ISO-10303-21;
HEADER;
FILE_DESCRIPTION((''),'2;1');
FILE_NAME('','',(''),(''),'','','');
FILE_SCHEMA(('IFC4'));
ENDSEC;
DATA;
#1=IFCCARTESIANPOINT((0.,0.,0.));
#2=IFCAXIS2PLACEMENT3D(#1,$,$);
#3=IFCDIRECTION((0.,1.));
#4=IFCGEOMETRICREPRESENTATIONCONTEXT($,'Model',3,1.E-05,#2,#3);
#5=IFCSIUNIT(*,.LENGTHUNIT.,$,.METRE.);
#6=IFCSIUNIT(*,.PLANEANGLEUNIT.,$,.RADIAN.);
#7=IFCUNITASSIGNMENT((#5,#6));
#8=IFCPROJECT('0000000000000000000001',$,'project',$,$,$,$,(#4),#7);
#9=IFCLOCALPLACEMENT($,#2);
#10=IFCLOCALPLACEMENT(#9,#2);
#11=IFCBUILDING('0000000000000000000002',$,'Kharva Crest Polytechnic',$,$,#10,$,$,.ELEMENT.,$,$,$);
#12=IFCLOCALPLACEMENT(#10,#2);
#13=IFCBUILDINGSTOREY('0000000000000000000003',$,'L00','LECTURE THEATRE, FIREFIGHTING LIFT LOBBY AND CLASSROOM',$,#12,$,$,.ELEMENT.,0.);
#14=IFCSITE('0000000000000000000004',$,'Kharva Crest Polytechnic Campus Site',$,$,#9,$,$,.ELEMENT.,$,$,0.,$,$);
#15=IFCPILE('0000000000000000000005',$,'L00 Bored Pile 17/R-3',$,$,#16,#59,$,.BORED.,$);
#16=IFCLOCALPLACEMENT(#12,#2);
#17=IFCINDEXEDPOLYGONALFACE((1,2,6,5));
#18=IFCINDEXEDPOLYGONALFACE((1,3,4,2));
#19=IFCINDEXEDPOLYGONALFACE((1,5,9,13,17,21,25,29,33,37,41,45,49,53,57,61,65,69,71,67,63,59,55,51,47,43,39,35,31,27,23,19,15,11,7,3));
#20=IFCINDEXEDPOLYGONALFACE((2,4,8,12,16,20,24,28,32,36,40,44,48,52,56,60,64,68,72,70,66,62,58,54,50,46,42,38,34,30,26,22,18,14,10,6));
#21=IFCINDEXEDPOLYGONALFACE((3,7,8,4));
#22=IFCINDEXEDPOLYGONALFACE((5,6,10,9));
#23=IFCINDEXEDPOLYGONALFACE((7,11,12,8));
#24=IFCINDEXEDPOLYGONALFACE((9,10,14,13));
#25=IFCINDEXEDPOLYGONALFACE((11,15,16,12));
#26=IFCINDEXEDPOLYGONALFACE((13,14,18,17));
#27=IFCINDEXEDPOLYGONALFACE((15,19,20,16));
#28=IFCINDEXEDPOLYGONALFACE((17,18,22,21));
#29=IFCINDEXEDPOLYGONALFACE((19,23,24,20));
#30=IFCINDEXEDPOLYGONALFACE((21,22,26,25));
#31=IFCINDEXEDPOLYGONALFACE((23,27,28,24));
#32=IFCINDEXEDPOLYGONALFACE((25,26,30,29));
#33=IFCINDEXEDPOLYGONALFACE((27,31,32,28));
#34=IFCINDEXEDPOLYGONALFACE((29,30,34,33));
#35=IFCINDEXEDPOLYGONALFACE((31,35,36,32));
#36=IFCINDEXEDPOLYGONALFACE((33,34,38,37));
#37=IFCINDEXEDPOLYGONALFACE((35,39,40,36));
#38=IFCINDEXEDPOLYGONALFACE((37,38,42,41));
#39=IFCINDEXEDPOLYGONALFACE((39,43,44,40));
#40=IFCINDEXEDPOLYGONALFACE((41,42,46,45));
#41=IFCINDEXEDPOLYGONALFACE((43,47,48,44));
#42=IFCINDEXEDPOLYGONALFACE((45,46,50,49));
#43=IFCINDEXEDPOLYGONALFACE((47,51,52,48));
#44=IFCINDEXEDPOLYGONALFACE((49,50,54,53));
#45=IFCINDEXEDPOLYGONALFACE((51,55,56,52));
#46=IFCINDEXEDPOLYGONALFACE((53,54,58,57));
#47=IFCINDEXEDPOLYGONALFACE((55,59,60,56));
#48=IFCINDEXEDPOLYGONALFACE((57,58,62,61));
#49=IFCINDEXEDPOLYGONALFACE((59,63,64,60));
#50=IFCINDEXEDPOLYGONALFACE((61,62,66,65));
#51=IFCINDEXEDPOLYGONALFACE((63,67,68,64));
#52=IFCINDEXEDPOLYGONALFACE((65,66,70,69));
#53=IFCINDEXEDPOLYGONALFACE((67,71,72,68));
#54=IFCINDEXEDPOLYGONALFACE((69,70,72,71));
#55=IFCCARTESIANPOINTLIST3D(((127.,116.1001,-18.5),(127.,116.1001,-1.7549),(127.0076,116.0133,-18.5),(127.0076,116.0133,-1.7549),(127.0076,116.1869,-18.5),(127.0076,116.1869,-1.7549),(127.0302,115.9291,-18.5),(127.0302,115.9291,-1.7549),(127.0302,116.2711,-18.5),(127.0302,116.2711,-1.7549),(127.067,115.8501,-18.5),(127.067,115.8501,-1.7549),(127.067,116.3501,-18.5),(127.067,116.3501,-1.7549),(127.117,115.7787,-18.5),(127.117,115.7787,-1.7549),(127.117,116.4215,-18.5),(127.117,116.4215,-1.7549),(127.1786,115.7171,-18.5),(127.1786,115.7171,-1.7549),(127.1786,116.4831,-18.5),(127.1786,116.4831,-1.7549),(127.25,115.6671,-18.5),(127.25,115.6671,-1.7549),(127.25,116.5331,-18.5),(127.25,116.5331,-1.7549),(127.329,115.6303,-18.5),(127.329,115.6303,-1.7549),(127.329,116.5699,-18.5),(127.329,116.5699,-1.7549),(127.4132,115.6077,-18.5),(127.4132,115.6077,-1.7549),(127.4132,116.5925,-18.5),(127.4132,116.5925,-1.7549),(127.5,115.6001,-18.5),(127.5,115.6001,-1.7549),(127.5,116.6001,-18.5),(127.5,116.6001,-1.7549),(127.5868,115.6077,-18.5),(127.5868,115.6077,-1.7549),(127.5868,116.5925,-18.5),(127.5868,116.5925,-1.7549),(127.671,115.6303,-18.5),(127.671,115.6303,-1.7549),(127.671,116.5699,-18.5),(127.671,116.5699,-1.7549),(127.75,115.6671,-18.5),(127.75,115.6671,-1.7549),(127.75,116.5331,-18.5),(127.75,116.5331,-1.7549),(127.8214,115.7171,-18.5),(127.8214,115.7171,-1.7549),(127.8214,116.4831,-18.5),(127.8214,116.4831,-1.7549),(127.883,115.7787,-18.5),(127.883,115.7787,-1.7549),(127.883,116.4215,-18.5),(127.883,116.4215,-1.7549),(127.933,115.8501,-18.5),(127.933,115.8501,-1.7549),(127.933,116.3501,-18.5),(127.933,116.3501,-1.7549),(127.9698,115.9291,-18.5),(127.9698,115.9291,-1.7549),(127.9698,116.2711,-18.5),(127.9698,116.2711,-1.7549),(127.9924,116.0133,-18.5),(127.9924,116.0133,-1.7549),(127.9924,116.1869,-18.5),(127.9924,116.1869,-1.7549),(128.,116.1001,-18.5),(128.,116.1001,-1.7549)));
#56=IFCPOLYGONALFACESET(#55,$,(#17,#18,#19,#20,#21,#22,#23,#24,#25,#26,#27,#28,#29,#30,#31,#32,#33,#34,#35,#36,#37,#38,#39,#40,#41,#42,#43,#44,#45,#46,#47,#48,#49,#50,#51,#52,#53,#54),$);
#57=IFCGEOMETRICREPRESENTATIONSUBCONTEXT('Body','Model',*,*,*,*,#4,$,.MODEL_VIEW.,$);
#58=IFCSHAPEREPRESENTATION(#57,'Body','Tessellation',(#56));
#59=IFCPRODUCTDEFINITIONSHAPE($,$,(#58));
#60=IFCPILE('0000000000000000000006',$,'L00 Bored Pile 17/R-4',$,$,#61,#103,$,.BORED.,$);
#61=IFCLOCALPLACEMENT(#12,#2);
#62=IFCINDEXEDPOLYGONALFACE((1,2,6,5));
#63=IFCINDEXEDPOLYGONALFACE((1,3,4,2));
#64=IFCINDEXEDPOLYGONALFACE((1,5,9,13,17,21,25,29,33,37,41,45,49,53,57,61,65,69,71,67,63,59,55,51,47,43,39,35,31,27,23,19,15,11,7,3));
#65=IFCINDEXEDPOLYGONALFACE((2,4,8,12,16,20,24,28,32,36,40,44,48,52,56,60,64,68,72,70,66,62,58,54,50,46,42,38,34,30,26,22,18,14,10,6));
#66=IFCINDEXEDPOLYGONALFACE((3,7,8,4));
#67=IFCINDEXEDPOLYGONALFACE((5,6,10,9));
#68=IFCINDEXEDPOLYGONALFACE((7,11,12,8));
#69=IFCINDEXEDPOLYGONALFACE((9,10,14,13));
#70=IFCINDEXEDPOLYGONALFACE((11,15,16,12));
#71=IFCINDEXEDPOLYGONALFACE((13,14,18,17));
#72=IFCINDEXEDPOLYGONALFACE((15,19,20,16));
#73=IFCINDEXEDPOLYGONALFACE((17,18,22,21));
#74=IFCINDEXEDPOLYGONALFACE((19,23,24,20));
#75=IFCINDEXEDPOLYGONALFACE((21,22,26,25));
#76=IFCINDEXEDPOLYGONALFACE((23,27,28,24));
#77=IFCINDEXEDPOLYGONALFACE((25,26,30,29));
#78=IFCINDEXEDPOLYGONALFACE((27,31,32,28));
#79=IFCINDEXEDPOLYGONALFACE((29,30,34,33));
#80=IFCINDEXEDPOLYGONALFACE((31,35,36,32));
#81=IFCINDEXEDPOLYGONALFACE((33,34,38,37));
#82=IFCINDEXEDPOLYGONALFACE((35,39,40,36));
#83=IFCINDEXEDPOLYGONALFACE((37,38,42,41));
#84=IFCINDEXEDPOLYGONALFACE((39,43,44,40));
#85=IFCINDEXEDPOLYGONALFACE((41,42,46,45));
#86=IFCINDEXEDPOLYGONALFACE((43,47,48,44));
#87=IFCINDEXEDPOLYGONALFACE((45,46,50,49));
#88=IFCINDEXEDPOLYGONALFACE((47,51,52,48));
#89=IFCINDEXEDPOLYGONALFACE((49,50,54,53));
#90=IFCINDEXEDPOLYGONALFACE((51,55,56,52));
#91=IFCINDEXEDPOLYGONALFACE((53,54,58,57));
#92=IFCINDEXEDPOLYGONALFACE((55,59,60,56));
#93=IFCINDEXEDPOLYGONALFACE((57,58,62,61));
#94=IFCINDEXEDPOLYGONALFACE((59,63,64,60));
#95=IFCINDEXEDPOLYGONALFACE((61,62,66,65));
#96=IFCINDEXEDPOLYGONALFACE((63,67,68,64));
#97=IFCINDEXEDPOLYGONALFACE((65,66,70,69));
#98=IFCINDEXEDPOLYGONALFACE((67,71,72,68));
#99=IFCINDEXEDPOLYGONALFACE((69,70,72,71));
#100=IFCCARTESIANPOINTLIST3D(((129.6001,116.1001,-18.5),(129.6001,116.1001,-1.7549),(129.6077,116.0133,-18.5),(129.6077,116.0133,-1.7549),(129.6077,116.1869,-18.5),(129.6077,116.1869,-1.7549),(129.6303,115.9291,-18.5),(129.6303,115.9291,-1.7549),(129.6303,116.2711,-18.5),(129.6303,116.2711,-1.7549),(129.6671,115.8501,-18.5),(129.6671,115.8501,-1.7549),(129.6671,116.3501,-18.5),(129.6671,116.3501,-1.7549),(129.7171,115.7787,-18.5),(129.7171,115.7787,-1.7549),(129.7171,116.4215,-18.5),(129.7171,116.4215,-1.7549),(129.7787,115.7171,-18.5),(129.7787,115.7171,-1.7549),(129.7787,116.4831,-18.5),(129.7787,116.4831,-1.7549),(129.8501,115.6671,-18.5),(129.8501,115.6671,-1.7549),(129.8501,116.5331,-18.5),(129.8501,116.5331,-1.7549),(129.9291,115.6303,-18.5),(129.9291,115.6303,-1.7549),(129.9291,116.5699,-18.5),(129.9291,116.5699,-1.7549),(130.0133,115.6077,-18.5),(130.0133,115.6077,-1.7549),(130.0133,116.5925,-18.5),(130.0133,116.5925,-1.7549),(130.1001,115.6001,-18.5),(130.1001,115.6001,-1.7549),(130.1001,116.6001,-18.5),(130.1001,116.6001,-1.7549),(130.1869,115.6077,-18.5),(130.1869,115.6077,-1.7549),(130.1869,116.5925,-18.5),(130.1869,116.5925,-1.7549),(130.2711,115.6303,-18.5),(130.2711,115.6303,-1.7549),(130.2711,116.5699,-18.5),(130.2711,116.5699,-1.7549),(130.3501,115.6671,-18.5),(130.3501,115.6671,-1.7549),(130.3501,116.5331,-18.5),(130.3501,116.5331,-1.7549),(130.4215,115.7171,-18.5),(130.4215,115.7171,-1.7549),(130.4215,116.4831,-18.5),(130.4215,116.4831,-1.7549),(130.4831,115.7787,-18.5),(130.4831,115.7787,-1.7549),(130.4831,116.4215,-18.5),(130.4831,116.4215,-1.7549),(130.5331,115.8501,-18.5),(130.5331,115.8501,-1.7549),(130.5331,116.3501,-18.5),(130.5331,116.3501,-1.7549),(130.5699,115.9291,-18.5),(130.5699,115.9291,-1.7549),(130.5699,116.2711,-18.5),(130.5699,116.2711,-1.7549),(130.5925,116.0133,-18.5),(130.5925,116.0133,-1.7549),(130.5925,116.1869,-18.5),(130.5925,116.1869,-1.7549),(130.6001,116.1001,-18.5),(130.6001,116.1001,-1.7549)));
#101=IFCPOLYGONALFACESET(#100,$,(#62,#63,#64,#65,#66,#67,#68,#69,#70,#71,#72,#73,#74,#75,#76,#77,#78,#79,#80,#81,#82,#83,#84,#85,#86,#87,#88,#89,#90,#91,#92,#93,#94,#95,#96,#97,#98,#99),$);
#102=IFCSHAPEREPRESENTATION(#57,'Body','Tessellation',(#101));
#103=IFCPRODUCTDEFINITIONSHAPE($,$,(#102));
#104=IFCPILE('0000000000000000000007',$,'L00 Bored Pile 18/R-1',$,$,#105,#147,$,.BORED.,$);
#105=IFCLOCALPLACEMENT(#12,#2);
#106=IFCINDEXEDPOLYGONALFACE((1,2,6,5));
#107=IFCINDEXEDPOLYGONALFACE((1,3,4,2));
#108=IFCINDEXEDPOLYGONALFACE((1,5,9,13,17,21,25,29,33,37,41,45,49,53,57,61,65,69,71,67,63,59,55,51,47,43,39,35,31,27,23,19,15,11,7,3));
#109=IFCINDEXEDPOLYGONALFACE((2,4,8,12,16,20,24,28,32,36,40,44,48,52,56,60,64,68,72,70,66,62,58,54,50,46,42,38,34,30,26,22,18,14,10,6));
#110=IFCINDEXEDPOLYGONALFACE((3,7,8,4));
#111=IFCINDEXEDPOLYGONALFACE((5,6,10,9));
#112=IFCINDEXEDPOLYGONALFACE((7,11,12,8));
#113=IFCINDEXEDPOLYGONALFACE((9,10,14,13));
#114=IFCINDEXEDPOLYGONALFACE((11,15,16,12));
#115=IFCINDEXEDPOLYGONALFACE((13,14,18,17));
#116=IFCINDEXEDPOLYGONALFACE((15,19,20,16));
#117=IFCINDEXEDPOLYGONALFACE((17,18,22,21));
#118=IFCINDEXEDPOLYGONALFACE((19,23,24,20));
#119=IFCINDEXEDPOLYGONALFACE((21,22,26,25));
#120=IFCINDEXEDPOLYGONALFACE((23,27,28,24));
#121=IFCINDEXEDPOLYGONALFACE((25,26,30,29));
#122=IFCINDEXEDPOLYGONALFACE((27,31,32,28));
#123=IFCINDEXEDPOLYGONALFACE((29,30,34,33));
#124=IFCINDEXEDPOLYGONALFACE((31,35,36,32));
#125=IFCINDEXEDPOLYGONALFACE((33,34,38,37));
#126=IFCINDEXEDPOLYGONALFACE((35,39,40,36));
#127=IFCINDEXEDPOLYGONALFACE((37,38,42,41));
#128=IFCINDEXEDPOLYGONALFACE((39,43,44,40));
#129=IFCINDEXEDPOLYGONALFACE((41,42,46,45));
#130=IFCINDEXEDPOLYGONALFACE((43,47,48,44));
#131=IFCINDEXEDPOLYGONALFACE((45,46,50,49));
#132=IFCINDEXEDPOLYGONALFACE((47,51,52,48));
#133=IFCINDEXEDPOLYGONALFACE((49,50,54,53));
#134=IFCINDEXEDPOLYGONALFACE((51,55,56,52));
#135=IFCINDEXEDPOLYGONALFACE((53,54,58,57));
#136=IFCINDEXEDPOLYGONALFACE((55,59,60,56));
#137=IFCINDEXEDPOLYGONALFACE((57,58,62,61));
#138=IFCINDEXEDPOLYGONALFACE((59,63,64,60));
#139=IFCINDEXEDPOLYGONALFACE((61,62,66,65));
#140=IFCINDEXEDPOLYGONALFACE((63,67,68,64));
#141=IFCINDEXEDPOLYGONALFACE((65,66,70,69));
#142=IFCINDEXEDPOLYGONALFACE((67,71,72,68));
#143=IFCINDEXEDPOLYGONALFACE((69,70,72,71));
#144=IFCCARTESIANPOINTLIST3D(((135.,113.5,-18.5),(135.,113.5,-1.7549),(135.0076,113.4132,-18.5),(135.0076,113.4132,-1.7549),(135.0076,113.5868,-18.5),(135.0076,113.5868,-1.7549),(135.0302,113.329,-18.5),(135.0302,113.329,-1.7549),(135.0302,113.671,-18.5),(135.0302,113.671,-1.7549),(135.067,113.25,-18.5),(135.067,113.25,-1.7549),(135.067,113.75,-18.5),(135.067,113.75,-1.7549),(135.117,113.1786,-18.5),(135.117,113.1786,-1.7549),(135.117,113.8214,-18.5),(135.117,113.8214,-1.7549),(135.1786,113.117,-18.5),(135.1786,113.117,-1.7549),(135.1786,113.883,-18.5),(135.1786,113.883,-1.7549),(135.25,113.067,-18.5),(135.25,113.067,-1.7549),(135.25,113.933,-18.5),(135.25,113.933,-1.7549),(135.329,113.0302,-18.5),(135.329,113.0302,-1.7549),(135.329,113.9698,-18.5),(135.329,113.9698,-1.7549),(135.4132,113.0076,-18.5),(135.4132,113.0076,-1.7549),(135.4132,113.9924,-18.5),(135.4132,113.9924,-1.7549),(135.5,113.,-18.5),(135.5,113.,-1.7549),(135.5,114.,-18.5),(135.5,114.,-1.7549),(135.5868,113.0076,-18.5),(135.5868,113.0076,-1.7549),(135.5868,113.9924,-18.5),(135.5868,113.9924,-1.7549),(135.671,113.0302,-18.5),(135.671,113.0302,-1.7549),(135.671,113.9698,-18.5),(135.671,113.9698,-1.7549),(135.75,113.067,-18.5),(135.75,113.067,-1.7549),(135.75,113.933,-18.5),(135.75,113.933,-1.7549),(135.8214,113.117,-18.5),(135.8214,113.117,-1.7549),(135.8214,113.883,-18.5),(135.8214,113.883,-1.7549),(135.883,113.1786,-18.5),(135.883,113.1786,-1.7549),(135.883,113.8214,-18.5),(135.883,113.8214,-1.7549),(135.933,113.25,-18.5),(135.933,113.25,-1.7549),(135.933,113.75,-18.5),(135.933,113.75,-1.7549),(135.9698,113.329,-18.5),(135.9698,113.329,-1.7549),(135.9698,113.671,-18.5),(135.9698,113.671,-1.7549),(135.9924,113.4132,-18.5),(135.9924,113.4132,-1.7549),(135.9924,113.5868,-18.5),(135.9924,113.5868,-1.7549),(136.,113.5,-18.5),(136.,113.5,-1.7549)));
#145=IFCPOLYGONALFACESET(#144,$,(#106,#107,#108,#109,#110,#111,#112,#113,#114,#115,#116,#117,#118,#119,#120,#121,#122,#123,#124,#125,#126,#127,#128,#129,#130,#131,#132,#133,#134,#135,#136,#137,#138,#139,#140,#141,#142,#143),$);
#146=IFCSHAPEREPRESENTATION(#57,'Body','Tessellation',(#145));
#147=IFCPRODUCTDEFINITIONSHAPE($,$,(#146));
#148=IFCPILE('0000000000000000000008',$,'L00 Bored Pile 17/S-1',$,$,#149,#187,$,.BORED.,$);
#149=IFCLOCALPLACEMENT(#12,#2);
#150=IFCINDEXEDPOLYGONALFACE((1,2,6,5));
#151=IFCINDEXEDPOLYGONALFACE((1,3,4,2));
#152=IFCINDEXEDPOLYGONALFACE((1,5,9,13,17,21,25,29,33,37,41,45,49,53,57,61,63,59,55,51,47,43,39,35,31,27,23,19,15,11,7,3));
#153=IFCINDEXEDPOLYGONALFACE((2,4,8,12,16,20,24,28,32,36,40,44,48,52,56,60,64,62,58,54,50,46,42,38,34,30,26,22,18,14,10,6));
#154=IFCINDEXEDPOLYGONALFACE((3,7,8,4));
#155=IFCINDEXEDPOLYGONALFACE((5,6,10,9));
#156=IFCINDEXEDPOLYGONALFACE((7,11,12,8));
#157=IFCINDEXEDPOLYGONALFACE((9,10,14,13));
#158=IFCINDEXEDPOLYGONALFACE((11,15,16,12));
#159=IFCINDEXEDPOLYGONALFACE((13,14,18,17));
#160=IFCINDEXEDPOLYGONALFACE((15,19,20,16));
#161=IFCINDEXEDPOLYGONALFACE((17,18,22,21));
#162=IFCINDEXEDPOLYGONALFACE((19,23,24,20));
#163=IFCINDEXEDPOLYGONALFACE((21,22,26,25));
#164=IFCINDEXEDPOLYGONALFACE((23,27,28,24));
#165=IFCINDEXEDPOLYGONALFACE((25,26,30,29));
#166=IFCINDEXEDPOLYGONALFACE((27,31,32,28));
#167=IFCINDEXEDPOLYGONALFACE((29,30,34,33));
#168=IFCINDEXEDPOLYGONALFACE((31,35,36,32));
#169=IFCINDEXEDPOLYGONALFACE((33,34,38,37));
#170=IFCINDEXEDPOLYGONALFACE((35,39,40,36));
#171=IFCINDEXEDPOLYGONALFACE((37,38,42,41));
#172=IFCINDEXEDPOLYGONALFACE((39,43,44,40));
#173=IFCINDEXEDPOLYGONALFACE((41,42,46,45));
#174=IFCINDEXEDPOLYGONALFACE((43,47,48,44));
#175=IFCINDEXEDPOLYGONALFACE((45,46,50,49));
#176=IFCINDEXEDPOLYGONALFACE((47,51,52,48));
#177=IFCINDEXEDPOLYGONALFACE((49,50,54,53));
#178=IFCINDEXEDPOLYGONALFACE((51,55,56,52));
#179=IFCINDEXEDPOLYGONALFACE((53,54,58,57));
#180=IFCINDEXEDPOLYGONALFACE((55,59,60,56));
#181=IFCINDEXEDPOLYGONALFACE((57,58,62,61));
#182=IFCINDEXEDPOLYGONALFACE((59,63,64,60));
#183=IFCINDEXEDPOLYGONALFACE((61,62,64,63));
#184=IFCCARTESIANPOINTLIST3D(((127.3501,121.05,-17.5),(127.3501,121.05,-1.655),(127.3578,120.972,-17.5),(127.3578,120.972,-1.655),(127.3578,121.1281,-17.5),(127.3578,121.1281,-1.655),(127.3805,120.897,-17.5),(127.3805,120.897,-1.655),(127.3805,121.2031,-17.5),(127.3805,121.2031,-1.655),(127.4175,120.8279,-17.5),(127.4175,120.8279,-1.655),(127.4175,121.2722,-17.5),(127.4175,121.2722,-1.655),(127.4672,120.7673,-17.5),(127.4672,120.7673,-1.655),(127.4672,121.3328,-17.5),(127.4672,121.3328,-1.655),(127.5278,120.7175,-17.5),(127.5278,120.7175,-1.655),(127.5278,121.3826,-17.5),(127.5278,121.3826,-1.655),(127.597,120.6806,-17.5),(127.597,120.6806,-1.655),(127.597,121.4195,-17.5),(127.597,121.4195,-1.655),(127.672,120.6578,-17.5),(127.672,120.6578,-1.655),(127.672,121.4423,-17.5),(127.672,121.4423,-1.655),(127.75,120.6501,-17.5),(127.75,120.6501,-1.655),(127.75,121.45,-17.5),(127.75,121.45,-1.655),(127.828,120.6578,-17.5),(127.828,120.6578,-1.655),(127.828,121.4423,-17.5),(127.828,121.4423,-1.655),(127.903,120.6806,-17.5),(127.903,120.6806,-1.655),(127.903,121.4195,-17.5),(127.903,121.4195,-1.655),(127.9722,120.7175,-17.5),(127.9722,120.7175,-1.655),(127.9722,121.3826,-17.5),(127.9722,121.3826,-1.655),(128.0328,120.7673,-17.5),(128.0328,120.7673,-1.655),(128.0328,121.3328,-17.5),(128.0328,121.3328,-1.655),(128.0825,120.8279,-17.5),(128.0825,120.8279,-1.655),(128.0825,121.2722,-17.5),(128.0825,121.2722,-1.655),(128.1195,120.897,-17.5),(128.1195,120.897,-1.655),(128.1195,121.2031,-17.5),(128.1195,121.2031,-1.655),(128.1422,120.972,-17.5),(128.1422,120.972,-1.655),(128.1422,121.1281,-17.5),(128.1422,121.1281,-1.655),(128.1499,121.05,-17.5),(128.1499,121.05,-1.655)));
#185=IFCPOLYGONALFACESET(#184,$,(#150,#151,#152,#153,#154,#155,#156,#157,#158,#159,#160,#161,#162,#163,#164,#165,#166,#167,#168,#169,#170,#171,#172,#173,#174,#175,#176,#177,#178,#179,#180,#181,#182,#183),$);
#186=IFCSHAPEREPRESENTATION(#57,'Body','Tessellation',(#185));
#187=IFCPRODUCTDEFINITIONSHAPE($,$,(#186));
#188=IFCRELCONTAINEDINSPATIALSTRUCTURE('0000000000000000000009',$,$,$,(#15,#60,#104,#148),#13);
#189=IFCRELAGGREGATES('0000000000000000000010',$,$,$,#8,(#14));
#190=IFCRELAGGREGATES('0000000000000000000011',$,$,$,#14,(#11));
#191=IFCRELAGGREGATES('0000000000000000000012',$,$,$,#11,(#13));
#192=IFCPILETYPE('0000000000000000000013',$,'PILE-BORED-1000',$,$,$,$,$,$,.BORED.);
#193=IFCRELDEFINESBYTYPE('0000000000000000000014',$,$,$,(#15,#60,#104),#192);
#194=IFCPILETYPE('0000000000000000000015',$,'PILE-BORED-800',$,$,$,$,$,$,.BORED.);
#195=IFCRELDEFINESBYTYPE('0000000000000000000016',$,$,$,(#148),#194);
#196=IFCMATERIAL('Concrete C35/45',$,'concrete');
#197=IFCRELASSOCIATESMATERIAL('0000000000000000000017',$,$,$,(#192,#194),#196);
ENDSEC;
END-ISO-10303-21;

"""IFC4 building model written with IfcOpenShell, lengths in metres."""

from ifc_helpers import new_model, si_unit, direction, frame, origin, origin_2d, place, context, subcontext, project, spatial, circle, extrude, material, material_profile, profile_set, type_object, element, save


model = new_model("IFC4")

# Units and contexts
model_context = context("Model", 3, precision=1e-05, world=origin(), true_north=direction((0.0, 1.0)))
body_context = subcontext(model_context, "Body", "Model", "MODEL_VIEW")
ifc_project = project(units=[si_unit("LENGTHUNIT", "METRE"), si_unit("PLANEANGLEUNIT", "RADIAN")], contexts=[model_context])

# Site, building, storey
site_placement = place(None, origin())
site = spatial("IfcSite", under=ifc_project, at=site_placement, Name="Kharva Crest Polytechnic Campus Site", CompositionType="ELEMENT", RefElevation=0.0)
building_placement = place(site_placement, origin())
building = spatial("IfcBuilding", under=site, at=building_placement, Name="Kharva Crest Polytechnic", CompositionType="ELEMENT")
storey_placement = place(building_placement, origin())
storey = spatial("IfcBuildingStorey", under=building, at=storey_placement, Name="L00", Description="LECTURE THEATRE, FIREFIGHTING LIFT LOBBY AND CLASSROOM", CompositionType="ELEMENT", Elevation=0.0)

# Shared definitions
ifc_material_1 = material(Name="Concrete C35/45", Category="concrete")

# Piles
ifc_material_profile_1 = material_profile(ifc_material_1, circle(Radius=0.5, at=origin_2d()), Name="DIA 1000")
ifc_profile_set_1 = profile_set([ifc_material_profile_1], Name="Concrete C35/45")
pile_type_1 = type_object("IfcPileType", Name="PILE-BORED-1000", PredefinedType="BORED", material=ifc_profile_set_1)
for number, where, z_axis, x_axis, name in (
    (1, (127.5, 116.1001, -1.7549), (0.0, 0.0, -1.0), (1.0, 0.0, 0.0), "L00 Bored Pile 17/R-3"),
    (2, (130.1001, 116.1001, -1.7549), (0.0, 0.0, -1.0), (1.0, 0.0, 0.0), "L00 Bored Pile 17/R-4"),
    (3, (135.5, 113.5, -1.7549), (0.0, 0.0, -1.0), (1.0, 0.0, 0.0), "L00 Bored Pile 18/R-1"),
):
    element("IfcPile", number, at=place(storey_placement, frame(where, z_axis=z_axis, x_axis=x_axis)), inside=storey, type_object=pile_type_1, Name=name, PredefinedType="BORED", context=body_context, shape_type="SweptSolid", body=[
        extrude(circle(Radius=0.5, at=origin_2d()), origin(), (0.0, 0.0, 1.0), 16.7451),
    ])
ifc_material_profile_2 = material_profile(ifc_material_1, circle(Radius=0.3999, at=origin_2d()), Name="DIA 800")
ifc_profile_set_2 = profile_set([ifc_material_profile_2], Name="Concrete C35/45")
pile_type_2 = type_object("IfcPileType", Name="PILE-BORED-800", PredefinedType="BORED", material=ifc_profile_set_2)
for number, where, z_axis, x_axis, name in (
    (4, (127.75, 121.05, -1.655), (0.0, 0.0, -1.0), (1.0, 0.0, 0.0), "L00 Bored Pile 17/S-1"),
):
    element("IfcPile", number, at=place(storey_placement, frame(where, z_axis=z_axis, x_axis=x_axis)), inside=storey, type_object=pile_type_2, Name=name, PredefinedType="BORED", context=body_context, shape_type="SweptSolid", body=[
        extrude(circle(Radius=0.3999, at=origin_2d()), origin(), (0.0, 0.0, 1.0), 15.845),
    ])

save(model, "model.ifc")
